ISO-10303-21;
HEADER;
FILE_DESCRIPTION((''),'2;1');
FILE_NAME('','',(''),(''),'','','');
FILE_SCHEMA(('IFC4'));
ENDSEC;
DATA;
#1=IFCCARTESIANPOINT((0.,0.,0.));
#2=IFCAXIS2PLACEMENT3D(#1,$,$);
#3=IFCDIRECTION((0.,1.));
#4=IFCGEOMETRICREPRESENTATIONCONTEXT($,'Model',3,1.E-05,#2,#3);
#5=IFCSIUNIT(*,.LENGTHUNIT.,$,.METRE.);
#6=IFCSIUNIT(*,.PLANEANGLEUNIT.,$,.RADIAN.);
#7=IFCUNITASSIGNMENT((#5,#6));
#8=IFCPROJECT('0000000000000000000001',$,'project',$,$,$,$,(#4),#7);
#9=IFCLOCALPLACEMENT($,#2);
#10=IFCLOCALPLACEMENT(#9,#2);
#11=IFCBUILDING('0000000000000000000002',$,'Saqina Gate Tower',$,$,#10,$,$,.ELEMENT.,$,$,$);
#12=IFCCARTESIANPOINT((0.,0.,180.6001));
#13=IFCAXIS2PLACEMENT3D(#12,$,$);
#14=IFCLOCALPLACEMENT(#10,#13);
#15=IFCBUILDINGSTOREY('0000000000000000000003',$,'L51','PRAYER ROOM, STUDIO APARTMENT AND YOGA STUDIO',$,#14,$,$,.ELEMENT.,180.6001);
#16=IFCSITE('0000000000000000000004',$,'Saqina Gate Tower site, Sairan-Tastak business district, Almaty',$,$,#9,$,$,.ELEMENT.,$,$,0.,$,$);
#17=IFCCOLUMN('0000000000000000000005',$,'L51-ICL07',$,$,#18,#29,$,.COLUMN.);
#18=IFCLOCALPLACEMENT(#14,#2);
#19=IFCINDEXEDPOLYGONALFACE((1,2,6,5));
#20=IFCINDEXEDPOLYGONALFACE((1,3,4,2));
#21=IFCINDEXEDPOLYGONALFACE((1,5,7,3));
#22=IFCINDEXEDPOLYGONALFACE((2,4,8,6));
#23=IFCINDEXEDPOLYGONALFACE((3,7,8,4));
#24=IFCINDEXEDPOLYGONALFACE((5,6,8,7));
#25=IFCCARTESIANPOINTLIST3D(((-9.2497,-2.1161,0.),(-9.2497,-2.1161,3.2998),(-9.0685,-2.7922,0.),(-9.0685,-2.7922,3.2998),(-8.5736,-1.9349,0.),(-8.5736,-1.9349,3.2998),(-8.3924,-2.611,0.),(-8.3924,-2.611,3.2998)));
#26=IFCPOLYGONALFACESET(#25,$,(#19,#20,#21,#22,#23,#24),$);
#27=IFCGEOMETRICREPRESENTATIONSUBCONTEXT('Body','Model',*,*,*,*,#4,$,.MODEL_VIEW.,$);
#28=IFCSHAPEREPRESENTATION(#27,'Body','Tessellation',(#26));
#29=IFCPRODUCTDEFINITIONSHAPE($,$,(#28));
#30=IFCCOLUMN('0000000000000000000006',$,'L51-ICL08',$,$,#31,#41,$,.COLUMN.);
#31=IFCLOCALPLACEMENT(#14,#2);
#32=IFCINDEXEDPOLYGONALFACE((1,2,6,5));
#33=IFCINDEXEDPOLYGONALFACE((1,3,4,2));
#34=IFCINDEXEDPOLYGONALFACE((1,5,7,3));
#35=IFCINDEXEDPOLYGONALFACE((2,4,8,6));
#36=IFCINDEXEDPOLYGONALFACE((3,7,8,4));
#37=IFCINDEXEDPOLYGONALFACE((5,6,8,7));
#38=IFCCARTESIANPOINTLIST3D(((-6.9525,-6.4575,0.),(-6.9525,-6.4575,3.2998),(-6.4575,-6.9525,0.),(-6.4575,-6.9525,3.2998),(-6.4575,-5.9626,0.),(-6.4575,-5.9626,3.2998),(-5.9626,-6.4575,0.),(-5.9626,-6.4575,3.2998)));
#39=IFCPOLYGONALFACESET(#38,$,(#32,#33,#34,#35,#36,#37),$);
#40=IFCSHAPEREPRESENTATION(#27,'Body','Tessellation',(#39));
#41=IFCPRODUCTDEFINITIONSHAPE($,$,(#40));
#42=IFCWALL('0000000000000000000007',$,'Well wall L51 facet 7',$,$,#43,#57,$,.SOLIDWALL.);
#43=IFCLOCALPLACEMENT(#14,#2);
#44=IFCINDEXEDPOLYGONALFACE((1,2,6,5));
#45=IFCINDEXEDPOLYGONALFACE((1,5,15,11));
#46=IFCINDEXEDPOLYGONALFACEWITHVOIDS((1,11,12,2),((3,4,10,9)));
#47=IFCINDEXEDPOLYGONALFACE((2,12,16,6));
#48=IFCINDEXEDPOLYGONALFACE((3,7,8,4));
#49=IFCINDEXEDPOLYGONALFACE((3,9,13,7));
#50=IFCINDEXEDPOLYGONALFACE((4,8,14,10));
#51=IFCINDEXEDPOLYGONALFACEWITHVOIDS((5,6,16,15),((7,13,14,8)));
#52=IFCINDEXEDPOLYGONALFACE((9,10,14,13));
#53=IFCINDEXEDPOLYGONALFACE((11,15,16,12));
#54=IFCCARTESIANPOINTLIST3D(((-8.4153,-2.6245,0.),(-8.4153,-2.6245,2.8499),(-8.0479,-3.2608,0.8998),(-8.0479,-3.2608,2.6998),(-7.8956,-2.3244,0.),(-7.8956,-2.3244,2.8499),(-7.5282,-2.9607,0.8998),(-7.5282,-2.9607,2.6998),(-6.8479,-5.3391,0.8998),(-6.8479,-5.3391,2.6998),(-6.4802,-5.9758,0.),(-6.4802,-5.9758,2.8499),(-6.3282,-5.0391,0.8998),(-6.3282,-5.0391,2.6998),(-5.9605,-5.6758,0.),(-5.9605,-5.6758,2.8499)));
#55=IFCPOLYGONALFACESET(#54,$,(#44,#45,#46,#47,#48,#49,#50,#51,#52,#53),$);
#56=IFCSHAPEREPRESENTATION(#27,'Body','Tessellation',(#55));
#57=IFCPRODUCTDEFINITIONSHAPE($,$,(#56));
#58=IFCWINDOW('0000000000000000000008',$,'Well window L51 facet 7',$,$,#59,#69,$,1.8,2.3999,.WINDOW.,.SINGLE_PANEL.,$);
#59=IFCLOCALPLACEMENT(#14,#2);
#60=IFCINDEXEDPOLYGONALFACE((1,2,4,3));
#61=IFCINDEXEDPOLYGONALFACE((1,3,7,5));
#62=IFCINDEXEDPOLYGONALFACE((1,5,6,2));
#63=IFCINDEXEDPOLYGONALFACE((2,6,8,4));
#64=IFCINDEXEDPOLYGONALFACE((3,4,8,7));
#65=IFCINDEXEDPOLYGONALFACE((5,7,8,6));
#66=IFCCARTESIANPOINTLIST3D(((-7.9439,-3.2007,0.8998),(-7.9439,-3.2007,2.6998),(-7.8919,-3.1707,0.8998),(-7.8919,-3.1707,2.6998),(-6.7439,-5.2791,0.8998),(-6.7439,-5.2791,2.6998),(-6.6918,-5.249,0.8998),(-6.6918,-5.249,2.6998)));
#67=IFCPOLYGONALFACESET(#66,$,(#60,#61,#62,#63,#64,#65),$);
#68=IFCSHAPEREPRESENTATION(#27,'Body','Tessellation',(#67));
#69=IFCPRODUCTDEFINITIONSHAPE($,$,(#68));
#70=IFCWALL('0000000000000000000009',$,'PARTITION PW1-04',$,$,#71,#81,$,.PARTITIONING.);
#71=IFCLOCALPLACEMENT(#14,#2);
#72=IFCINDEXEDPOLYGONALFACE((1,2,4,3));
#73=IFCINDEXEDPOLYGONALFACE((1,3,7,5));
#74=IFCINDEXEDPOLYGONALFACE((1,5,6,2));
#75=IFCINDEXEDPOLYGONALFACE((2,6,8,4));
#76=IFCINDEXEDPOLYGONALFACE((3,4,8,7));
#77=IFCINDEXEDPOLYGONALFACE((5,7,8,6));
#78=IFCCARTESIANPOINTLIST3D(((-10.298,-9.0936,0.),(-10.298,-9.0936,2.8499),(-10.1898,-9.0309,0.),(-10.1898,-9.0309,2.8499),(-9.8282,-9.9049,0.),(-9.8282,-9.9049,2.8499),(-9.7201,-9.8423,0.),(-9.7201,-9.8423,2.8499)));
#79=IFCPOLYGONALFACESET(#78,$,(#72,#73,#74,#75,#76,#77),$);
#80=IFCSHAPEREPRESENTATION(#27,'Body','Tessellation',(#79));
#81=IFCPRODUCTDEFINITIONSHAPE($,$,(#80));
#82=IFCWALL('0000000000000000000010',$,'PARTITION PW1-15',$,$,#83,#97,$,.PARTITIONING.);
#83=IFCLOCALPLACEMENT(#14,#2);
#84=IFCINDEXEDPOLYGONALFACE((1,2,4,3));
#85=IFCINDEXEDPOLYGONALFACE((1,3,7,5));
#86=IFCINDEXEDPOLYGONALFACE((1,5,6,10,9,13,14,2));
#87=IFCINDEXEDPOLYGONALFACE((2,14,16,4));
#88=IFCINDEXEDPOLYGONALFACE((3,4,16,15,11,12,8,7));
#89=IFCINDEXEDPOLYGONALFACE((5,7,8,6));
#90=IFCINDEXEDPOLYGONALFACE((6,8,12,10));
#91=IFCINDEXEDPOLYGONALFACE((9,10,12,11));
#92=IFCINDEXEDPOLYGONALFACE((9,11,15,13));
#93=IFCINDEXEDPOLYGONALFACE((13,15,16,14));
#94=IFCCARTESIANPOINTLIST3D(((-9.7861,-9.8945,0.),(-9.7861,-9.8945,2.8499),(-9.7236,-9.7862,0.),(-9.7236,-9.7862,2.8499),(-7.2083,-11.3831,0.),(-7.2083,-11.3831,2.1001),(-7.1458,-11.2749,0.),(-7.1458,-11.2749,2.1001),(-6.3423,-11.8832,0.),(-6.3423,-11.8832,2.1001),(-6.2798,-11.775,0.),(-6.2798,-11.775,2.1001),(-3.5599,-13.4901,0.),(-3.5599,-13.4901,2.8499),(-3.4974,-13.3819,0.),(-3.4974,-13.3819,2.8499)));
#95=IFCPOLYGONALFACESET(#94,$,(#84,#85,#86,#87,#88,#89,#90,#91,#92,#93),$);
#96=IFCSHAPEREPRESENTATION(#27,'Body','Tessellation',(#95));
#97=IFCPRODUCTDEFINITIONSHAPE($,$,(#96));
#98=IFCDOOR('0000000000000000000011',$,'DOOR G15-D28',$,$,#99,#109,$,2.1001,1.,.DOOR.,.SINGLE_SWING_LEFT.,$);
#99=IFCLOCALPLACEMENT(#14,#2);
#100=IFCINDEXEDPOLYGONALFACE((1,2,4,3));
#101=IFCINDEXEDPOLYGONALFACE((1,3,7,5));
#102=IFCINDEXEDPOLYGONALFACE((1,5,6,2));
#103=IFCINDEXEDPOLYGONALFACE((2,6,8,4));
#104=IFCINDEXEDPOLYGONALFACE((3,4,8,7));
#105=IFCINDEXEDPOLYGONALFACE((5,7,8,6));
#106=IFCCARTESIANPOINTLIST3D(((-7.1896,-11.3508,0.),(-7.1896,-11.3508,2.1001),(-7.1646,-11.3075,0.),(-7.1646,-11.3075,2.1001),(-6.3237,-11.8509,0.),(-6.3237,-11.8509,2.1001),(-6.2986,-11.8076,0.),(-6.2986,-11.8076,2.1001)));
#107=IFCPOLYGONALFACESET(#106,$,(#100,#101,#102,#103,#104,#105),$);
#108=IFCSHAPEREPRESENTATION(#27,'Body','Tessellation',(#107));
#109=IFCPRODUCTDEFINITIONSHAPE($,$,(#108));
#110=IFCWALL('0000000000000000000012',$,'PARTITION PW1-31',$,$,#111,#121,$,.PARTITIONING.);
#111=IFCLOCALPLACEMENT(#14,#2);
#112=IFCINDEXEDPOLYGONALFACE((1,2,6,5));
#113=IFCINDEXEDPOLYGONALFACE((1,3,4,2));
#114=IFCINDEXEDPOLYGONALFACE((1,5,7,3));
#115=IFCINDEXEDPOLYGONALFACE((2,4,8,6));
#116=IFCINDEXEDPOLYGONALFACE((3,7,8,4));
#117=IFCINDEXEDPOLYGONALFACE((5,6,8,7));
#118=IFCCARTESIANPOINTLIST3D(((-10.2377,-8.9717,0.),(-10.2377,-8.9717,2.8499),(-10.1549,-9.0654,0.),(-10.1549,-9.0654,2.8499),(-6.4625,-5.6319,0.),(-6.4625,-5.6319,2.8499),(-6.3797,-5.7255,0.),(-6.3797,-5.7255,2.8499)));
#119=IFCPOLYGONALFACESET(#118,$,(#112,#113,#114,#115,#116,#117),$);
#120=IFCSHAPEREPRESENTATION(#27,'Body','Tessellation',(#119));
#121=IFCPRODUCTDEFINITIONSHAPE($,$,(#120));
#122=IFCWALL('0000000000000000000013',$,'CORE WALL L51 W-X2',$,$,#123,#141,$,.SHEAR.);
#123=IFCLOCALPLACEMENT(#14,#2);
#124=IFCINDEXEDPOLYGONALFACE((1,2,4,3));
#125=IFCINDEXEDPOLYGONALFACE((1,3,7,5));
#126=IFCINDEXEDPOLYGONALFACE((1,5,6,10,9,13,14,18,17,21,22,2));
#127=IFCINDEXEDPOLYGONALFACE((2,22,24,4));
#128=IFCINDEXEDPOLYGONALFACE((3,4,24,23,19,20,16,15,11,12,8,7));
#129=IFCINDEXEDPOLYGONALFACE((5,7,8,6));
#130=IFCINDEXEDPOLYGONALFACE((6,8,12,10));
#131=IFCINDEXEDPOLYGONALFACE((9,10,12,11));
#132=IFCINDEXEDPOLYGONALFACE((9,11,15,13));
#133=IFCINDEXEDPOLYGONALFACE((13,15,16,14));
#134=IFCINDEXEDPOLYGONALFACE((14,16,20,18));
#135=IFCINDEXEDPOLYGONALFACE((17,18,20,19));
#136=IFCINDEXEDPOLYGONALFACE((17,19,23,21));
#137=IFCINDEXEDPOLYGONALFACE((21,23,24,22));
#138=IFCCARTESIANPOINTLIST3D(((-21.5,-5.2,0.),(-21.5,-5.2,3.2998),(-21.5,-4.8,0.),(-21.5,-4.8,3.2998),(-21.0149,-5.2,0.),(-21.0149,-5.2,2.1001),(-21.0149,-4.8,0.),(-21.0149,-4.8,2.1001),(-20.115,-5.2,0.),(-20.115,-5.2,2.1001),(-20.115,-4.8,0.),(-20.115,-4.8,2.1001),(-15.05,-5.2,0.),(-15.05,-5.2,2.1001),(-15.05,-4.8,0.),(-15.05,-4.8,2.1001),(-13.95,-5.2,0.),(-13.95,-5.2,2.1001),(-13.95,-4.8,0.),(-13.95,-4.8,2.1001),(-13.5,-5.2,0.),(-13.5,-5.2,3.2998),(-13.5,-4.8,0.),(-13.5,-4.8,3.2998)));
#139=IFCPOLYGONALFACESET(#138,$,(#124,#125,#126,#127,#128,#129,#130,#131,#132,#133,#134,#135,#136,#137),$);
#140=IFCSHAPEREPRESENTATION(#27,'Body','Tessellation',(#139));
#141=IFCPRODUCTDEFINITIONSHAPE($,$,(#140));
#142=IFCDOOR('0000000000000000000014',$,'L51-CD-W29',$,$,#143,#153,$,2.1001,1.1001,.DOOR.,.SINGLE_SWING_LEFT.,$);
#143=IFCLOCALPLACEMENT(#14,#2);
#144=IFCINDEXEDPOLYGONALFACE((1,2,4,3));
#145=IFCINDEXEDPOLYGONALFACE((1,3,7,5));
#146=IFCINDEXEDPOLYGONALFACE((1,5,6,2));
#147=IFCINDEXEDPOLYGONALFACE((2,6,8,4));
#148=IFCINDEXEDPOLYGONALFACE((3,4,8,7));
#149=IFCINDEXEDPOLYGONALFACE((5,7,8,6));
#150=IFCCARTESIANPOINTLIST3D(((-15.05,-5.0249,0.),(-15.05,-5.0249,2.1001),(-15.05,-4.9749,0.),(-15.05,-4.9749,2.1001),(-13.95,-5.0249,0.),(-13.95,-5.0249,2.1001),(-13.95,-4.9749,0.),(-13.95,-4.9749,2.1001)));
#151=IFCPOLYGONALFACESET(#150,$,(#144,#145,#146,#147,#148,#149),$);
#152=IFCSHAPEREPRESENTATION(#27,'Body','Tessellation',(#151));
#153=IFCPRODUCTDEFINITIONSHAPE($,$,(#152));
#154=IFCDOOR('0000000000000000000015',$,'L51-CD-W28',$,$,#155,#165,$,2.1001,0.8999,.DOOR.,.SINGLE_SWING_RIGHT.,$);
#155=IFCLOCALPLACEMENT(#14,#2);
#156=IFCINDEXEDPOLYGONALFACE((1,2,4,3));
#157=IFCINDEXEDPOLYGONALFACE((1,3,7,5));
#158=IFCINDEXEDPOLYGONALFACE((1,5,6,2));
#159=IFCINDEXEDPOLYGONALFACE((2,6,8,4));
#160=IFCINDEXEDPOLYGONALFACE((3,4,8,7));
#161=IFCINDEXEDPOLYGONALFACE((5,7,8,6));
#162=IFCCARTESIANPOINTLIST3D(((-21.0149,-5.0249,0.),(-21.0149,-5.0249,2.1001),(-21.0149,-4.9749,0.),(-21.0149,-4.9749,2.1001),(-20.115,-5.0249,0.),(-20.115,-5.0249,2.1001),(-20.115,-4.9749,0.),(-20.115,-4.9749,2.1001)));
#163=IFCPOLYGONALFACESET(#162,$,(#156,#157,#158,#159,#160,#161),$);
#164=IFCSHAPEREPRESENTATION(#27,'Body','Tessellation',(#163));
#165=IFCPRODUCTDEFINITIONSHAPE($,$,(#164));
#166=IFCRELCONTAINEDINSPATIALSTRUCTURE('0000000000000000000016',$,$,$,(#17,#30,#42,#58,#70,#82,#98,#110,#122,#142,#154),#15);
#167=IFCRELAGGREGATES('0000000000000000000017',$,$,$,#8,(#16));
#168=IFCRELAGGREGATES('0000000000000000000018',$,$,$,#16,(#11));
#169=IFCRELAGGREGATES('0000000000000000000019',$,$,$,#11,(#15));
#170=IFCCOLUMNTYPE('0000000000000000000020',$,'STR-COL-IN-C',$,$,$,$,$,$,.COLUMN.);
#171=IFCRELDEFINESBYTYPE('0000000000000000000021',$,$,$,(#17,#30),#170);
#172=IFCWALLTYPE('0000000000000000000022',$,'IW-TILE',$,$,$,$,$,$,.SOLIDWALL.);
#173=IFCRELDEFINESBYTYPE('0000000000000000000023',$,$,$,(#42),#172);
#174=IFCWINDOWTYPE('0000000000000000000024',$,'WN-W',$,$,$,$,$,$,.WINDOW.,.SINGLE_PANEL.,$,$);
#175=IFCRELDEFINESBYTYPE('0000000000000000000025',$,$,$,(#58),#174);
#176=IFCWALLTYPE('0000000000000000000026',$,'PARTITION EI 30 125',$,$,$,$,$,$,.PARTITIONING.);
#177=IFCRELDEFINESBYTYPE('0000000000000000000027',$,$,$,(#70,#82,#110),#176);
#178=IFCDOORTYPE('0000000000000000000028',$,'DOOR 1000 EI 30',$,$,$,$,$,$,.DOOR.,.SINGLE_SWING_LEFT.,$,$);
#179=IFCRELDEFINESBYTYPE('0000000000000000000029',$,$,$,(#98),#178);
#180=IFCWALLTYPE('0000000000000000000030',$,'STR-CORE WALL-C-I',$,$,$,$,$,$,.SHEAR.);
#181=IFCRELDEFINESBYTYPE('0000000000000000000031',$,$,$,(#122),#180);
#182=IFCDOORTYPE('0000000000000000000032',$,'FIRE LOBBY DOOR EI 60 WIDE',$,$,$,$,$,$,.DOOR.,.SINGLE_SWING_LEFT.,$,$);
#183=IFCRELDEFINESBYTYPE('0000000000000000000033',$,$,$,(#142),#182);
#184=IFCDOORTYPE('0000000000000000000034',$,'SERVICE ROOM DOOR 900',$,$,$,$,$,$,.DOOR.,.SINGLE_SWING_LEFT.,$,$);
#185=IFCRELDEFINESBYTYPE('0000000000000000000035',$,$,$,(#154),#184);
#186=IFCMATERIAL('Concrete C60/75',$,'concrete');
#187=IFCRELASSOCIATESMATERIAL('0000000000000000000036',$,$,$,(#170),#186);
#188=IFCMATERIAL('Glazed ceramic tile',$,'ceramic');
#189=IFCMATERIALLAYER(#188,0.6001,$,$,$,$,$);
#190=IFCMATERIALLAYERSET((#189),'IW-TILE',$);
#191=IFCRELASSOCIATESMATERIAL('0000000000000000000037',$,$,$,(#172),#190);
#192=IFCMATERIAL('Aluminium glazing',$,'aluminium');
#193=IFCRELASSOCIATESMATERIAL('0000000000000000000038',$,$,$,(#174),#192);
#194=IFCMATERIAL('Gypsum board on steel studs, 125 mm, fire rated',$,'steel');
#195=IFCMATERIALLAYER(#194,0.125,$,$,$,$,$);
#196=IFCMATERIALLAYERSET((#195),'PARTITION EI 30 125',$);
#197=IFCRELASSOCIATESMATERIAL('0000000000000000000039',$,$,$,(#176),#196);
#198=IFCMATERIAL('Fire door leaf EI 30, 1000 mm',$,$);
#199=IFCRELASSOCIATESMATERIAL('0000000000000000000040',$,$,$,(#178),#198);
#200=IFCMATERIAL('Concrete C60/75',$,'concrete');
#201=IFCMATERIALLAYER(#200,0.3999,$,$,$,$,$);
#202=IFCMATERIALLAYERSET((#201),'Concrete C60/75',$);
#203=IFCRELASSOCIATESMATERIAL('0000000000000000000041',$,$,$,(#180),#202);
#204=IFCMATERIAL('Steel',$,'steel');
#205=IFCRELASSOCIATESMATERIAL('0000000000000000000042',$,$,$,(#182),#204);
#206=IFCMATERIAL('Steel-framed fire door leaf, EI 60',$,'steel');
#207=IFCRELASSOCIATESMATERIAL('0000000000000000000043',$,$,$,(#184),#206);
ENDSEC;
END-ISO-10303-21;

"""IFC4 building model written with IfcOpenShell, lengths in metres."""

from ifc_helpers import new_model, si_unit, direction, frame, frame_2d, origin, origin_2d, place, context, subcontext, project, spatial, rectangle, extrude, material, layer, layer_set, material_profile, profile_set, type_object, element, fill, save


model = new_model("IFC4")

# Units and contexts
model_context = context("Model", 3, precision=1e-05, world=origin(), true_north=direction((0.0, 1.0)))
body_context = subcontext(model_context, "Body", "Model", "MODEL_VIEW")
ifc_project = project(units=[si_unit("LENGTHUNIT", "METRE"), si_unit("PLANEANGLEUNIT", "RADIAN")], contexts=[model_context])

# Site, building, storey
site_placement = place(None, origin())
site = spatial("IfcSite", under=ifc_project, at=site_placement, Name="Saqina Gate Tower site, Sairan-Tastak business district, Almaty", CompositionType="ELEMENT", RefElevation=0.0)
building_placement = place(site_placement, origin())
building = spatial("IfcBuilding", under=site, at=building_placement, Name="Saqina Gate Tower", CompositionType="ELEMENT")
storey_placement = place(building_placement, frame((0.0, 0.0, 180.6001)))
storey = spatial("IfcBuildingStorey", under=building, at=storey_placement, Name="L51", Description="PRAYER ROOM, STUDIO APARTMENT AND YOGA STUDIO", CompositionType="ELEMENT", Elevation=180.6001)

# Columns
ifc_material_1 = material(Name="Concrete C60/75", Category="concrete")
ifc_material_profile = material_profile(ifc_material_1, rectangle(XDim=0.7, YDim=0.7, at=origin_2d()), Name="RC 700x700")
ifc_profile_set = profile_set([ifc_material_profile], Name="Concrete C60/75")
column_type = type_object("IfcColumnType", Name="STR-COL-IN-C", PredefinedType="COLUMN", material=ifc_profile_set)
for number, where, z_axis, x_axis, name in (
    (1, (-8.821, -2.3635, 0.0), (0.0, 0.0, 1.0), (-0.965926, -0.258819, 0.0), "L51-ICL07"),
    (2, (-6.4575, -6.4575, 0.0), (0.0, 0.0, 1.0), (-0.707107, -0.707107, 0.0), "L51-ICL08"),
):
    element("IfcColumn", number, at=place(storey_placement, frame(where, z_axis=z_axis, x_axis=x_axis)), inside=storey, type_object=column_type, Name=name, PredefinedType="COLUMN", context=body_context, shape_type="SweptSolid", body=[
        extrude(rectangle(XDim=0.7, YDim=0.7, at=origin_2d()), origin(), (0.0, 0.0, 1.0), 3.2998),
    ])

# Wall, opening, window
ifc_material_2 = material(Name="Glazed ceramic tile", Category="ceramic")
ifc_layer_1 = layer(ifc_material_2, 0.6001)
ifc_layer_set_1 = layer_set([ifc_layer_1], Name="IW-TILE")
wall_type_1 = type_object("IfcWallType", Name="IW-TILE", PredefinedType="SOLIDWALL", material=ifc_layer_set_1)
wall_1_placement = place(storey_placement, frame((-8.1555, -2.4744, 0.0), z_axis=(0.0, 0.0, 1.0), x_axis=(0.500034, -0.866006, 0.0)))
wall_1 = element("IfcWall", 3, at=wall_1_placement, inside=storey, type_object=wall_type_1, Name="Well wall L51 facet 7", PredefinedType="SOLIDWALL", context=body_context, shape_type="SweptSolid", body=[
    extrude(rectangle(XDim=3.8699, YDim=0.6001, at=frame_2d((1.9351, 0.0))), origin(), (0.0, 0.0, 1.0), 2.8499),
])
opening_1_placement = place(wall_1_placement, frame((0.7349, 0.0, 0.8999)))
opening_1 = element("IfcOpeningElement", 4, at=opening_1_placement, cuts=wall_1, PredefinedType="OPENING", context=body_context, shape_type="SweptSolid", body=[
    extrude(rectangle(XDim=2.3999, YDim=1.8, at=frame_2d((1.2, 0.8999))), frame((0.0, 0.312, 0.0), z_axis=(0.0, -1.0, 0.0), x_axis=(1.0, 0.0, 0.0)), (0.0, 0.0, 1.0), 0.624),
])
ifc_material_3 = material(Name="Aluminium glazing", Category="aluminium")
window_type = type_object("IfcWindowType", Name="WN-W", PartitioningType="SINGLE_PANEL", PredefinedType="WINDOW", material=ifc_material_3)
window_placement = place(opening_1_placement, origin())
window = element("IfcWindow", 5, at=window_placement, inside=storey, type_object=window_type, Name="Well window L51 facet 7", OverallHeight=1.8, OverallWidth=2.3999, PartitioningType="SINGLE_PANEL", PredefinedType="WINDOW", context=body_context, shape_type="SweptSolid", body=[
    extrude(rectangle(XDim=2.3999, YDim=1.8, at=frame_2d((1.2, 0.8999))), frame((0.0, -0.1199, 0.0), z_axis=(0.0, -1.0, 0.0), x_axis=(1.0, 0.0, 0.0)), (0.0, 0.0, 1.0), 0.0601),
])
fill(opening_1, window)

# Wall
ifc_material_4 = material(Name="Gypsum board on steel studs, 125 mm, fire rated", Category="steel")
ifc_layer_2 = layer(ifc_material_4, 0.125)
ifc_layer_set_2 = layer_set([ifc_layer_2], Name="PARTITION EI 30 125")
wall_type_2 = type_object("IfcWallType", Name="PARTITION EI 30 125", PredefinedType="PARTITIONING", material=ifc_layer_set_2)
wall_2_placement = place(storey_placement, frame((-10.2439, -9.0623, 0.0), z_axis=(0.0, 0.0, 1.0), x_axis=(0.501067, -0.865408, 0.0)))
element("IfcWall", 6, at=wall_2_placement, inside=storey, type_object=wall_type_2, Name="PARTITION PW1-04", PredefinedType="PARTITIONING", context=body_context, shape_type="SweptSolid", body=[
    extrude(rectangle(XDim=0.9375, YDim=0.125, at=frame_2d((0.4688, 0.0))), origin(), (0.0, 0.0, 1.0), 2.8499),
])

# Wall, opening, door
wall_3_placement = place(storey_placement, frame((-9.7549, -9.8403, 0.0), z_axis=(0.0, 0.0, 1.0), x_axis=(0.865969, -0.500098, 0.0)))
wall_3 = element("IfcWall", 7, at=wall_3_placement, inside=storey, type_object=wall_type_2, Name="PARTITION PW1-15", PredefinedType="PARTITIONING", context=body_context, shape_type="SweptSolid", body=[
    extrude(rectangle(XDim=7.1899, YDim=0.125, at=frame_2d((3.595, 0.0))), origin(), (0.0, 0.0, 1.0), 2.8499),
])
opening_2_placement = place(wall_3_placement, frame((2.9768, 0.0, 0.0)))
opening_2 = element("IfcOpeningElement", 8, at=opening_2_placement, cuts=wall_3, PredefinedType="OPENING", context=body_context, shape_type="SweptSolid", body=[
    extrude(rectangle(XDim=1.0, YDim=2.1001, at=frame_2d((0.5, 1.05))), frame((0.0, 0.0745, 0.0), z_axis=(0.0, -1.0, 0.0), x_axis=(1.0, 0.0, 0.0)), (0.0, 0.0, 1.0), 0.1489),
])
ifc_material_5 = material(Name="Fire door leaf EI 30, 1000 mm")
door_type_1 = type_object("IfcDoorType", Name="DOOR 1000 EI 30", OperationType="SINGLE_SWING_LEFT", PredefinedType="DOOR", material=ifc_material_5)
door_1_placement = place(opening_2_placement, origin())
door_1 = element("IfcDoor", 9, at=door_1_placement, inside=storey, type_object=door_type_1, Name="DOOR G15-D28", OperationType="SINGLE_SWING_LEFT", OverallHeight=2.1001, OverallWidth=1.0, PredefinedType="DOOR", context=body_context, shape_type="SweptSolid", body=[
    extrude(rectangle(XDim=1.0, YDim=2.1001, at=frame_2d((0.5, 1.05))), frame((0.0, 0.0249, 0.0), z_axis=(0.0, -1.0, 0.0), x_axis=(1.0, 0.0, 0.0)), (0.0, 0.0, 1.0), 0.05),
])
fill(opening_2, door_1)

# Wall
wall_4_placement = place(storey_placement, frame((-10.1963, -9.0186, 0.0), z_axis=(0.0, 0.0, 1.0), x_axis=(0.748968, 0.662606, 0.0)))
element("IfcWall", 10, at=wall_4_placement, inside=storey, type_object=wall_type_2, Name="PARTITION PW1-31", PredefinedType="PARTITIONING", context=body_context, shape_type="SweptSolid", body=[
    extrude(rectangle(XDim=5.0405, YDim=0.125, at=frame_2d((2.5203, 0.0))), origin(), (0.0, 0.0, 1.0), 2.8499),
])

# Wall, openings, doors
ifc_material_6 = material(Name="Concrete C60/75", Category="concrete")
ifc_layer_3 = layer(ifc_material_6, 0.3999)
ifc_layer_set_3 = layer_set([ifc_layer_3], Name="Concrete C60/75")
wall_type_3 = type_object("IfcWallType", Name="STR-CORE WALL-C-I", PredefinedType="SHEAR", material=ifc_layer_set_3)
wall_5_placement = place(storey_placement, frame((-13.5, -5.0, 0.0), z_axis=(0.0, 0.0, 1.0), x_axis=(-1.0, 0.0, 0.0)))
wall_5 = element("IfcWall", 11, at=wall_5_placement, inside=storey, type_object=wall_type_3, Name="CORE WALL L51 W-X2", PredefinedType="SHEAR", context=body_context, shape_type="SweptSolid", body=[
    extrude(rectangle(XDim=8.0, YDim=0.3999, at=frame_2d((4.0, 0.0))), origin(), (0.0, 0.0, 1.0), 3.2998),
])
opening_3_placement = place(wall_5_placement, frame((6.615, 0.0, 0.0)))
opening_3 = element("IfcOpeningElement", 12, at=opening_3_placement, cuts=wall_5, PredefinedType="OPENING", context=body_context, shape_type="SweptSolid", body=[
    extrude(rectangle(XDim=0.8999, YDim=2.1001, at=frame_2d((0.45, 1.05))), frame((0.0, 0.2119, 0.0), z_axis=(0.0, -1.0, 0.0), x_axis=(1.0, 0.0, 0.0)), (0.0, 0.0, 1.0), 0.4238),
])
opening_4_placement = place(wall_5_placement, frame((0.45, 0.0, 0.0)))
opening_4 = element("IfcOpeningElement", 13, at=opening_4_placement, cuts=wall_5, PredefinedType="OPENING", context=body_context, shape_type="SweptSolid", body=[
    extrude(rectangle(XDim=1.1001, YDim=2.1001, at=frame_2d((0.55, 1.05))), frame((0.0, 0.2119, 0.0), z_axis=(0.0, -1.0, 0.0), x_axis=(1.0, 0.0, 0.0)), (0.0, 0.0, 1.0), 0.4238),
])
ifc_material_7 = material(Name="Steel", Category="steel")
door_type_2 = type_object("IfcDoorType", Name="FIRE LOBBY DOOR EI 60 WIDE", OperationType="SINGLE_SWING_LEFT", PredefinedType="DOOR", material=ifc_material_7)
door_2_placement = place(opening_4_placement, origin())
door_2 = element("IfcDoor", 14, at=door_2_placement, inside=storey, type_object=door_type_2, Name="L51-CD-W29", OperationType="SINGLE_SWING_LEFT", OverallHeight=2.1001, OverallWidth=1.1001, PredefinedType="DOOR", context=body_context, shape_type="SweptSolid", body=[
    extrude(rectangle(XDim=1.1001, YDim=2.1001, at=frame_2d((0.55, 1.05))), frame((0.0, 0.0249, 0.0), z_axis=(0.0, -1.0, 0.0), x_axis=(1.0, 0.0, 0.0)), (0.0, 0.0, 1.0), 0.05),
])
fill(opening_4, door_2)
ifc_material_8 = material(Name="Steel-framed fire door leaf, EI 60", Category="steel")
door_type_3 = type_object("IfcDoorType", Name="SERVICE ROOM DOOR 900", OperationType="SINGLE_SWING_LEFT", PredefinedType="DOOR", material=ifc_material_8)
door_3_placement = place(opening_3_placement, origin())
door_3 = element("IfcDoor", 15, at=door_3_placement, inside=storey, type_object=door_type_3, Name="L51-CD-W28", OperationType="SINGLE_SWING_RIGHT", OverallHeight=2.1001, OverallWidth=0.8999, PredefinedType="DOOR", context=body_context, shape_type="SweptSolid", body=[
    extrude(rectangle(XDim=0.8999, YDim=2.1001, at=frame_2d((0.45, 1.05))), frame((0.0, 0.0249, 0.0), z_axis=(0.0, -1.0, 0.0), x_axis=(1.0, 0.0, 0.0)), (0.0, 0.0, 1.0), 0.05),
])
fill(opening_3, door_3)

save(model, "model.ifc")
